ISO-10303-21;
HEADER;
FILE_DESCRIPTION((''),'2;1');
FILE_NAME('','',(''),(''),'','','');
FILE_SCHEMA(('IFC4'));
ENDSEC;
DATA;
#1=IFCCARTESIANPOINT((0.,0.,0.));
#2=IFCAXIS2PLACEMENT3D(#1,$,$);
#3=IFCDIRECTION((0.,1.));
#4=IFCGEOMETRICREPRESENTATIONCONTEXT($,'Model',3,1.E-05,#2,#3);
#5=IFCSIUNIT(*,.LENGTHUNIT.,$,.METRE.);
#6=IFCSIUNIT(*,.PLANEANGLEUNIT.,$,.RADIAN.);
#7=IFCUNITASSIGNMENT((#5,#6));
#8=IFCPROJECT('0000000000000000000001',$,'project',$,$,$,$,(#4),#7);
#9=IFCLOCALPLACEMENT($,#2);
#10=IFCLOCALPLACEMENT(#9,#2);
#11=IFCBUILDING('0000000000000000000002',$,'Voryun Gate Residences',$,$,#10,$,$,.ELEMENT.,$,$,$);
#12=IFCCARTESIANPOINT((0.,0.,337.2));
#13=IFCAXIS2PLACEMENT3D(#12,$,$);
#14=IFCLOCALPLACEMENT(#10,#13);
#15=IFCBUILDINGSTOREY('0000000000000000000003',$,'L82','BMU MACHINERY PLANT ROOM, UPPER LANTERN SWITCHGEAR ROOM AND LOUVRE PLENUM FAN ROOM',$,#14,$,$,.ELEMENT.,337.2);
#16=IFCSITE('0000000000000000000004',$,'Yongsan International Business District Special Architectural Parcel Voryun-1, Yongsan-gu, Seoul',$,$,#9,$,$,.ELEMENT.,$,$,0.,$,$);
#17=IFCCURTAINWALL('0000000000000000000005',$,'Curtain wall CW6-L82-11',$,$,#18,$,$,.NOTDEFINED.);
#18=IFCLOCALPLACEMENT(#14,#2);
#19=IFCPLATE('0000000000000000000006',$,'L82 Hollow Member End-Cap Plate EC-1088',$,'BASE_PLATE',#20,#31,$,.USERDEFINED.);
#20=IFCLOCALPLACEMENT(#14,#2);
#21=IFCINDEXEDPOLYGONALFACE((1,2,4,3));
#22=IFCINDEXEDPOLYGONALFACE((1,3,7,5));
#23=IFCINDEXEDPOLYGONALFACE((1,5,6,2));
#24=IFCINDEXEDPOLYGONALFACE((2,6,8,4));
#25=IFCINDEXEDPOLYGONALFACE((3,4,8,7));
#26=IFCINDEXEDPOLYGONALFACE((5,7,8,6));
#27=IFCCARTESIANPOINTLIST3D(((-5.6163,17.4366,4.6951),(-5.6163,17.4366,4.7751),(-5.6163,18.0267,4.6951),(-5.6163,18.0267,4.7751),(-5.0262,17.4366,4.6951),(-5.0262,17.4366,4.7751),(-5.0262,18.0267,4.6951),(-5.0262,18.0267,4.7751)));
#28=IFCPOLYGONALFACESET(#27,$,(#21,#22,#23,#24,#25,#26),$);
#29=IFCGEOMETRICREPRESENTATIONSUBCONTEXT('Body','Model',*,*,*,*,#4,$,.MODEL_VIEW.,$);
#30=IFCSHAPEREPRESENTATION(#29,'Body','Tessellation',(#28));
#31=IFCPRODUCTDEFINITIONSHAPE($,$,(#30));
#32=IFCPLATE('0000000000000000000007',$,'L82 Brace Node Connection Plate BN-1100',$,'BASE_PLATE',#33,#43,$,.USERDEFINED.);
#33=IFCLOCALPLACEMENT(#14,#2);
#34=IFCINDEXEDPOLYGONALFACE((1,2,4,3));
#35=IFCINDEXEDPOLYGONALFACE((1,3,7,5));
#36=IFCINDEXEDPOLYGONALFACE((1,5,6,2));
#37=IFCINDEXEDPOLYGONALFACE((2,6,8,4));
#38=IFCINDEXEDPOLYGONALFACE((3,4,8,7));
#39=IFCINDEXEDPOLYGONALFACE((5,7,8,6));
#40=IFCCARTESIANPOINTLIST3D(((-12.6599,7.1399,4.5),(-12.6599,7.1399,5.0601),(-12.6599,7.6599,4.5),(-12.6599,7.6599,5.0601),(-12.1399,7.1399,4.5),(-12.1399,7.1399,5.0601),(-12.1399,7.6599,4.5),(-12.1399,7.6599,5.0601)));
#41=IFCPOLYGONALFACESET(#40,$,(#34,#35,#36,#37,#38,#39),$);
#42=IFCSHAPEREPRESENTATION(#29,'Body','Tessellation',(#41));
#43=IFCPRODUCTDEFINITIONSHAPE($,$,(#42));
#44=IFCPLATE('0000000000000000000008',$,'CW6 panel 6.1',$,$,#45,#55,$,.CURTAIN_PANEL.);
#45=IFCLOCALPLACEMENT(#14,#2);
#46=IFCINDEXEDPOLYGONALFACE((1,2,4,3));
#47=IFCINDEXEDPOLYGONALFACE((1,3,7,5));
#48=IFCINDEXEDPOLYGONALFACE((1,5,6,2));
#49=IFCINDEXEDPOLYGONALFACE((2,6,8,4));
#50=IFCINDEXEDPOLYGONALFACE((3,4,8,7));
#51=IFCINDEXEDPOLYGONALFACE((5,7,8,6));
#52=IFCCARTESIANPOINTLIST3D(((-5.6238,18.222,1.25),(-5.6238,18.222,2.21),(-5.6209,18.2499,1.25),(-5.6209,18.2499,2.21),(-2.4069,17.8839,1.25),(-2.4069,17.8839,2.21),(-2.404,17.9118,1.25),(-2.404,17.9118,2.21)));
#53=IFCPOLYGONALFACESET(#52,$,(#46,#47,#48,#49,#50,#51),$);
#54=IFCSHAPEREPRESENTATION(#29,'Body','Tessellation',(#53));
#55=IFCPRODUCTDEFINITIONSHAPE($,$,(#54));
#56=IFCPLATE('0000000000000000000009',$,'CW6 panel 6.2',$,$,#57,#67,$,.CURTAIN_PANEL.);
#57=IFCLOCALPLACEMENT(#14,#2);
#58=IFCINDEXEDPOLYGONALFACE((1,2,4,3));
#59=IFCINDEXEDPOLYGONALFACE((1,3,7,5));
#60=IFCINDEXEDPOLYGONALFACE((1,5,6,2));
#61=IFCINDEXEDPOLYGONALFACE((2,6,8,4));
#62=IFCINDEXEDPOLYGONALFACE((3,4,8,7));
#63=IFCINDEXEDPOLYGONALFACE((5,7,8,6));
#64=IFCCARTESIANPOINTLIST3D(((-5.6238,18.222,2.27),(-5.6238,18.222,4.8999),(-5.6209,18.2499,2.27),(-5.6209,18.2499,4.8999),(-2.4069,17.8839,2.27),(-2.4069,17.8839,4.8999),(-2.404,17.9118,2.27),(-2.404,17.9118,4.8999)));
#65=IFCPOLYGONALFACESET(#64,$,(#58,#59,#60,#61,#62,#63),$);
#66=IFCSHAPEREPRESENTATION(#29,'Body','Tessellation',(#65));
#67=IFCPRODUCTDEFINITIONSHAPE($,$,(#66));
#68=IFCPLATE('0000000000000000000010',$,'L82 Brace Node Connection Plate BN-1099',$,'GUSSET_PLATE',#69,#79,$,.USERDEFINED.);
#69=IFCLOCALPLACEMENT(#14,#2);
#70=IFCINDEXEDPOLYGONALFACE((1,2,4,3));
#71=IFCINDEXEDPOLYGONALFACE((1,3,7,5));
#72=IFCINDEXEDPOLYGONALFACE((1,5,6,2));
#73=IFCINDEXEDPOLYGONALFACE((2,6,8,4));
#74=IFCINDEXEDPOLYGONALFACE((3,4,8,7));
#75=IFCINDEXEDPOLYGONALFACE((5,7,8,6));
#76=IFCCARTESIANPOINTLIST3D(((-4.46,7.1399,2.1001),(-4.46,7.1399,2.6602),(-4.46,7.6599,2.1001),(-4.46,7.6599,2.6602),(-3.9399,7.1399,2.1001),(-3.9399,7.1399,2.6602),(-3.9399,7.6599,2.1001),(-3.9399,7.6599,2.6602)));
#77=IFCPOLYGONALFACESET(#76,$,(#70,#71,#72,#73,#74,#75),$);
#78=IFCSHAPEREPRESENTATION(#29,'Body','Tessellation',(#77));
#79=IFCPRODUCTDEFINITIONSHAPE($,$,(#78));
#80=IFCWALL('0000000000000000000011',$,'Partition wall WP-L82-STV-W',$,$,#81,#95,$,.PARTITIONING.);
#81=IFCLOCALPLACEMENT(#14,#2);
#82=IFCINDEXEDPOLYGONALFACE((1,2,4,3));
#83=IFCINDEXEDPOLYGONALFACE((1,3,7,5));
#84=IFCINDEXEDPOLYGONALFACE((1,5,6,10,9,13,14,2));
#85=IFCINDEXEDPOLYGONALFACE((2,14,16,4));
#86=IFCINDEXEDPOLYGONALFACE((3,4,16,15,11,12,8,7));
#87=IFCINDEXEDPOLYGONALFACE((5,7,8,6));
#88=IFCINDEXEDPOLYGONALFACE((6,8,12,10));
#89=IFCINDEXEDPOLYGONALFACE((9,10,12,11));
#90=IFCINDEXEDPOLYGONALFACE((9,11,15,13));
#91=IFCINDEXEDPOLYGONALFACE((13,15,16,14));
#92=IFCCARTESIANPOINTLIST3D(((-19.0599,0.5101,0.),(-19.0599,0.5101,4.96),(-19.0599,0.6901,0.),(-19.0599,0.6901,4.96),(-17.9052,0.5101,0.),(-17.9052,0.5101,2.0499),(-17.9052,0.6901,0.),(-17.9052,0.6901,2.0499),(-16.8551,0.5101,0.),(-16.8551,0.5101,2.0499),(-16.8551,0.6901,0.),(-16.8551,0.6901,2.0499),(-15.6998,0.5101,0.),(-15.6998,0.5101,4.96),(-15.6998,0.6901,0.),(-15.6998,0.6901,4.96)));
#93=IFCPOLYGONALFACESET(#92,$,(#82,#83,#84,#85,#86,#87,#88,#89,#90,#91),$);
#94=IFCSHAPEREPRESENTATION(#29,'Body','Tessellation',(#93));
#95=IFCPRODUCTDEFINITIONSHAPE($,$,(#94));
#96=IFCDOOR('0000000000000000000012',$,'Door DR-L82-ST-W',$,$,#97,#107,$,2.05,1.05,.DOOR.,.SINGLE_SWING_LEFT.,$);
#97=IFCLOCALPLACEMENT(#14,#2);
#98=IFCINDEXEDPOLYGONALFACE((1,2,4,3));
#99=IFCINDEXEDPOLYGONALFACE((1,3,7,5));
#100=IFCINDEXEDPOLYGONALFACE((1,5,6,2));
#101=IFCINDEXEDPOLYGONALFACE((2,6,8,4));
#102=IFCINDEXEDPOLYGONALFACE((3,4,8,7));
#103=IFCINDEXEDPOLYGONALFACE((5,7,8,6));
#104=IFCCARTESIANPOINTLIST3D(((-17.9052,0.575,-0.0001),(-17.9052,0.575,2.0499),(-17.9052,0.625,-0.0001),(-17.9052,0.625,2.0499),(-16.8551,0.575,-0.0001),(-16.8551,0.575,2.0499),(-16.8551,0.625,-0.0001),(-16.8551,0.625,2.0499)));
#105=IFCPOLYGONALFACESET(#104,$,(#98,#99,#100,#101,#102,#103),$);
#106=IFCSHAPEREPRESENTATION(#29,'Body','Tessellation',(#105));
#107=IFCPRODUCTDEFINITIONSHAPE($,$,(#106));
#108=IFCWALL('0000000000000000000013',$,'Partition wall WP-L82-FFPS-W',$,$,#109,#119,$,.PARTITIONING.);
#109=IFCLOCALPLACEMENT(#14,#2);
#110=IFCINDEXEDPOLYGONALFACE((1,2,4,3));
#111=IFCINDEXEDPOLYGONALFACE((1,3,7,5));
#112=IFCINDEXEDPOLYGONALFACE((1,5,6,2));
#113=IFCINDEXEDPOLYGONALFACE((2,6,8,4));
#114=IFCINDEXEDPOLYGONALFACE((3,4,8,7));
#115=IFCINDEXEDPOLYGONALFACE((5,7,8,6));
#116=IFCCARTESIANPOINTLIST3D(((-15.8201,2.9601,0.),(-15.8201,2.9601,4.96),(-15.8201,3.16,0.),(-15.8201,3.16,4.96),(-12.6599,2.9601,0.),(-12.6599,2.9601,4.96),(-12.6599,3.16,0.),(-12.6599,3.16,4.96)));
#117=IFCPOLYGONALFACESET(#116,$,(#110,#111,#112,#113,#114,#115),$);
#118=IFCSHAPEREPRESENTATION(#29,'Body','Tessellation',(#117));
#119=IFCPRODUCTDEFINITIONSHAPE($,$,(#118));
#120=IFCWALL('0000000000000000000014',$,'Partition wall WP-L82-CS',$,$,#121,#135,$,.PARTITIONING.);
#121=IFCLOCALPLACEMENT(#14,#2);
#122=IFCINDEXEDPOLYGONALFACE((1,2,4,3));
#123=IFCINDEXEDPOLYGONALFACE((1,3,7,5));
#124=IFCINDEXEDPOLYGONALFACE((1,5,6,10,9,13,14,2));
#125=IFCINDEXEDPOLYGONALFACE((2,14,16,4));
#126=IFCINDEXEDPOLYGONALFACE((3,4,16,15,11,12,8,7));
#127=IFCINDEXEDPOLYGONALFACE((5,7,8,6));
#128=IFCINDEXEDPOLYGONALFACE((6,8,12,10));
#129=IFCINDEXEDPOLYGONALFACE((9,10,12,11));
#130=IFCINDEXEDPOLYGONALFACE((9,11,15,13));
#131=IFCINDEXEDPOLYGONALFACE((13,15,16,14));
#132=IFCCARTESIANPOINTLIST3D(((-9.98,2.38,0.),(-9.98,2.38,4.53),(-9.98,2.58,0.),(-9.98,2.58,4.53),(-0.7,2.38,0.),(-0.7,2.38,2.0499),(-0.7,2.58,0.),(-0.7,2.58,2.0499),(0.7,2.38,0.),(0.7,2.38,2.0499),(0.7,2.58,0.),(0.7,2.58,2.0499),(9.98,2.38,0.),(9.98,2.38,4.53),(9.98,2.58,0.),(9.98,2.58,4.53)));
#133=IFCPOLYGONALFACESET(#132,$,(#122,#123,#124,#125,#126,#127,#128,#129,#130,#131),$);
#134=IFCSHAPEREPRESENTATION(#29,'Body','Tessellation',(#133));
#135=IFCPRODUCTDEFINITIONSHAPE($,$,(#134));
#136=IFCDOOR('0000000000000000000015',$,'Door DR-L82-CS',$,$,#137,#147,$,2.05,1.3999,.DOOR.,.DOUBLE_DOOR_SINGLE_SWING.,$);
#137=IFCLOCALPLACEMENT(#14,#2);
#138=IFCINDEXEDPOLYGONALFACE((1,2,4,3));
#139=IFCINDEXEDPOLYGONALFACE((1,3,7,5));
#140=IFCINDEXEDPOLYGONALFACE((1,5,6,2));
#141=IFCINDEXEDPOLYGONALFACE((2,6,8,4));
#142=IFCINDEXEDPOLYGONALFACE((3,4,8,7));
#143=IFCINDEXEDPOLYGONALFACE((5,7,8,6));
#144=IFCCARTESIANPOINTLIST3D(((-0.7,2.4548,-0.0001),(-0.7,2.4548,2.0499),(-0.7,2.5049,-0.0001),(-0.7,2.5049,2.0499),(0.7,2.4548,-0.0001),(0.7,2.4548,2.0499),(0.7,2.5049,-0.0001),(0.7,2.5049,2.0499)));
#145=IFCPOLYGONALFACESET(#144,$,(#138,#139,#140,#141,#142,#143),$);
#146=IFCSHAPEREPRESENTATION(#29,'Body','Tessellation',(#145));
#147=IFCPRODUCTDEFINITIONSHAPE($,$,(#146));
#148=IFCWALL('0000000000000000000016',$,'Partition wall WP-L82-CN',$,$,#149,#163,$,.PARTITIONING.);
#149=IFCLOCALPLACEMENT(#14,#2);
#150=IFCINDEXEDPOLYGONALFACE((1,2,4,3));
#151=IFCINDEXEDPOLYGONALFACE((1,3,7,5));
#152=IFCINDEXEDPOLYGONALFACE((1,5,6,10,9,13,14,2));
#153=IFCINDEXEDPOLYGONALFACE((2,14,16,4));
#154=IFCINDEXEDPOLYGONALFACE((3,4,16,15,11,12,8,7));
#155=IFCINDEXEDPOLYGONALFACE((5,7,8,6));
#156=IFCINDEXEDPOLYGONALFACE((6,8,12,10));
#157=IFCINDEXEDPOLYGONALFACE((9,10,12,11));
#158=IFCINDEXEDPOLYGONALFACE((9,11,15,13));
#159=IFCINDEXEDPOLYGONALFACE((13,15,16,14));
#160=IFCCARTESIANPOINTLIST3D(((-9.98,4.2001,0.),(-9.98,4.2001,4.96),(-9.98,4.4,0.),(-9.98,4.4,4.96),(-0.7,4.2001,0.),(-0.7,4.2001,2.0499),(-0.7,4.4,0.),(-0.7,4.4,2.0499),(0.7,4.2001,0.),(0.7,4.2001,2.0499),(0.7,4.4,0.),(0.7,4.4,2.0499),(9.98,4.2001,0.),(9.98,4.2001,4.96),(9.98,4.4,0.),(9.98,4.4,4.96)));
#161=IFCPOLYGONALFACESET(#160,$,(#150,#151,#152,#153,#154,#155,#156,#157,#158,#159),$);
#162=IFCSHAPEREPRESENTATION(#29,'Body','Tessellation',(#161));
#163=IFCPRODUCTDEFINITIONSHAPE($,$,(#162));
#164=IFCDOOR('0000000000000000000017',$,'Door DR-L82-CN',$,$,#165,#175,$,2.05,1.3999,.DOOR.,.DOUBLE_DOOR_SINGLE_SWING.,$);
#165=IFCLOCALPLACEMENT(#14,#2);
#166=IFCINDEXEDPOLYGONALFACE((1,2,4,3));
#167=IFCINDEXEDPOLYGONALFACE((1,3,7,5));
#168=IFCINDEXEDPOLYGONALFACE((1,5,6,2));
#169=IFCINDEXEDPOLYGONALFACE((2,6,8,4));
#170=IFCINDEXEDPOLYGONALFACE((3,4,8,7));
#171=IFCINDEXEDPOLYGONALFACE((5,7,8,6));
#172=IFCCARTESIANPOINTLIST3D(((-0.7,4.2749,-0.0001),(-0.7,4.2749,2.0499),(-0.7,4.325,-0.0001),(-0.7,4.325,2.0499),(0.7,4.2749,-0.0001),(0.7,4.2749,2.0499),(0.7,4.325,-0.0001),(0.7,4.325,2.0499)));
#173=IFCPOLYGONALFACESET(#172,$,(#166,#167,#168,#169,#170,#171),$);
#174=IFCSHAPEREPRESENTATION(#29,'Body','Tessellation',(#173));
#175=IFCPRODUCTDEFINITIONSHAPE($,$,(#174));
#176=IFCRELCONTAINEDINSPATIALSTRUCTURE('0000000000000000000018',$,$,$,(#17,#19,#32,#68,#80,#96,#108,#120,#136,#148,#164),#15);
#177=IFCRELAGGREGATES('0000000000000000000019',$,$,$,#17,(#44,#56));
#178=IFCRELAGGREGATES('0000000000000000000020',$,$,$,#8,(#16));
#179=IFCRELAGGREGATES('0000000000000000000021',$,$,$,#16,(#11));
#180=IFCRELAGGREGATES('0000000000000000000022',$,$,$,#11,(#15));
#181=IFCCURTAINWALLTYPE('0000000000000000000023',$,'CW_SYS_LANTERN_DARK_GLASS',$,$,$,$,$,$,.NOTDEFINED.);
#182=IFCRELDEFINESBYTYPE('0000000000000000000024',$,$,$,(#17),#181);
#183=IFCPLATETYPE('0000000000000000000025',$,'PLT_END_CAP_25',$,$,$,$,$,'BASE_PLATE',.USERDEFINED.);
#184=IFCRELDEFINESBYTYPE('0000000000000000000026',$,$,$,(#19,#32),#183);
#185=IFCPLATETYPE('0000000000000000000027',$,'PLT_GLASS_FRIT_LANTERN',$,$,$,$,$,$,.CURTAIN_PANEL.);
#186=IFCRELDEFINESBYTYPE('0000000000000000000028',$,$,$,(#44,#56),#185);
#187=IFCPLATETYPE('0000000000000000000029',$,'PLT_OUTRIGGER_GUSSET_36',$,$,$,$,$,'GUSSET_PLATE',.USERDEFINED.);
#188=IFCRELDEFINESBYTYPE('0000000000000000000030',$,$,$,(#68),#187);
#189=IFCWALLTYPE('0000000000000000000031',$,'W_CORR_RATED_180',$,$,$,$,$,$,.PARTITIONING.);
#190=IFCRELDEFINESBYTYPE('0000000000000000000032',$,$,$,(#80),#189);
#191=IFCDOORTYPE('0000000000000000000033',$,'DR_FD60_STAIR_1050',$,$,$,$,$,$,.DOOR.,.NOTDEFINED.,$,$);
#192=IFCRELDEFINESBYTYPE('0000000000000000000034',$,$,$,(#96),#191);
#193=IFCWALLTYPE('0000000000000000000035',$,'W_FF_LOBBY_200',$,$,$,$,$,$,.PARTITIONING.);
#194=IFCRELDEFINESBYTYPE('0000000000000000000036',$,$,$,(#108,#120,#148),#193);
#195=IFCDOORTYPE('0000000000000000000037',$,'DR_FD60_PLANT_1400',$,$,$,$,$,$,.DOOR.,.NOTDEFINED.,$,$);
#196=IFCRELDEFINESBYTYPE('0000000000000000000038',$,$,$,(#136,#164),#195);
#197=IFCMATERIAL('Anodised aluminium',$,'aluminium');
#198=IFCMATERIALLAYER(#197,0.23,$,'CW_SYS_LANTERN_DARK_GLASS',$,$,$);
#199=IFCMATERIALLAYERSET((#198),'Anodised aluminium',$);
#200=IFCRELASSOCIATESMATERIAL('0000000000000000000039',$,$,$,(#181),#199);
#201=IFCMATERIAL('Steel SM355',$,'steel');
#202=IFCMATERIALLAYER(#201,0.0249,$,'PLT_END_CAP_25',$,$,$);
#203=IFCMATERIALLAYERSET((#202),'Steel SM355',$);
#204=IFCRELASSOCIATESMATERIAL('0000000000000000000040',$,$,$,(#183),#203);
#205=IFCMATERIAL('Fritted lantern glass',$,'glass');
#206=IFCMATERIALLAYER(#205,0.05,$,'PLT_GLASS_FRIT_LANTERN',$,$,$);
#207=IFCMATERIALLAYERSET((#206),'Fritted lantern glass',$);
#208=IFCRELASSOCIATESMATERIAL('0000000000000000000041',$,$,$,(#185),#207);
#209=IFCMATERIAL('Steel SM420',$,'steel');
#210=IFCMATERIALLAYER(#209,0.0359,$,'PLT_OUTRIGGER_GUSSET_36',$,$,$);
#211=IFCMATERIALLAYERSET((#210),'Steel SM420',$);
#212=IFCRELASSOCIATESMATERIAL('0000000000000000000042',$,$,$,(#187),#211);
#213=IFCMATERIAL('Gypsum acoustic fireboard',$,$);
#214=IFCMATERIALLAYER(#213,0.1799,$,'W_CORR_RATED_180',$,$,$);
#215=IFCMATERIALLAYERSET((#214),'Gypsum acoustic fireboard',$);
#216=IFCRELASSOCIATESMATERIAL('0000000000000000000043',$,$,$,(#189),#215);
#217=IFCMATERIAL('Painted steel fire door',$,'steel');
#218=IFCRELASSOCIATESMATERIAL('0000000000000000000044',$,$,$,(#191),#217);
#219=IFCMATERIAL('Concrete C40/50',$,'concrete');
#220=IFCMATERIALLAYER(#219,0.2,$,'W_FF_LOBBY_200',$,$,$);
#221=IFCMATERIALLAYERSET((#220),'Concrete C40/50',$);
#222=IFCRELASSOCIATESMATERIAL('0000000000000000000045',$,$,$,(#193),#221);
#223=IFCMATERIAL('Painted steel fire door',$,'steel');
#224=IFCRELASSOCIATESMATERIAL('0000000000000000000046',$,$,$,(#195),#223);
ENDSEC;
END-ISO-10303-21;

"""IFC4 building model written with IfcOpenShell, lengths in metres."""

from ifc_helpers import new_model, si_unit, direction, frame, frame_2d, origin, origin_2d, place, context, subcontext, project, spatial, rectangle, extrude, material, layer, layer_set, type_object, element, fill, aggregate, save


model = new_model("IFC4")

# Units and contexts
model_context = context("Model", 3, precision=1e-05, world=origin(), true_north=direction((0.0, 1.0)))
body_context = subcontext(model_context, "Body", "Model", "MODEL_VIEW")
ifc_project = project(units=[si_unit("LENGTHUNIT", "METRE"), si_unit("PLANEANGLEUNIT", "RADIAN")], contexts=[model_context])

# Site, building, storey
site_placement = place(None, origin())
site = spatial("IfcSite", under=ifc_project, at=site_placement, Name="Yongsan International Business District Special Architectural Parcel Voryun-1, Yongsan-gu, Seoul", CompositionType="ELEMENT", RefElevation=0.0)
building_placement = place(site_placement, origin())
building = spatial("IfcBuilding", under=site, at=building_placement, Name="Voryun Gate Residences", CompositionType="ELEMENT")
storey_placement = place(building_placement, frame((0.0, 0.0, 337.2)))
storey = spatial("IfcBuildingStorey", under=building, at=storey_placement, Name="L82", Description="BMU MACHINERY PLANT ROOM, UPPER LANTERN SWITCHGEAR ROOM AND LOUVRE PLENUM FAN ROOM", CompositionType="ELEMENT", Elevation=337.2)

# Curtain wall
ifc_material_1 = material(Name="Anodised aluminium", Category="aluminium")
ifc_layer_1 = layer(ifc_material_1, 0.23, Name="CW_SYS_LANTERN_DARK_GLASS")
ifc_layer_set_1 = layer_set([ifc_layer_1], Name="Anodised aluminium")
curtain_wall_type = type_object("IfcCurtainWallType", Name="CW_SYS_LANTERN_DARK_GLASS", PredefinedType="NOTDEFINED", material=ifc_layer_set_1)
curtain_wall_placement = place(storey_placement, origin())
curtain_wall = element("IfcCurtainWall", 1, at=curtain_wall_placement, inside=storey, type_object=curtain_wall_type, Name="Curtain wall CW6-L82-11", PredefinedType="NOTDEFINED")

# Plates
ifc_material_2 = material(Name="Steel SM355", Category="steel")
ifc_layer_2 = layer(ifc_material_2, 0.0249, Name="PLT_END_CAP_25")
ifc_layer_set_2 = layer_set([ifc_layer_2], Name="Steel SM355")
plate_type_1 = type_object("IfcPlateType", Name="PLT_END_CAP_25", ElementType="BASE_PLATE", PredefinedType="USERDEFINED", material=ifc_layer_set_2)
plate_1_placement = place(storey_placement, frame((-5.3213, 17.7317, 4.6951), z_axis=(0.0, 0.0, 1.0), x_axis=(1.0, 0.0, 0.0)))
element("IfcPlate", 2, at=plate_1_placement, inside=storey, type_object=plate_type_1, Name="L82 Hollow Member End-Cap Plate EC-1088", ObjectType="BASE_PLATE", PredefinedType="USERDEFINED", context=body_context, shape_type="SweptSolid", body=[
    extrude(rectangle(XDim=0.5901, YDim=0.5901, at=origin_2d()), origin(), (0.0, 0.0, 1.0), 0.0801),
])
plate_2_placement = place(storey_placement, frame((-12.3999, 7.3999, 4.5), z_axis=(0.0, 0.0, 1.0), x_axis=(1.0, 0.0, 0.0)))
element("IfcPlate", 3, at=plate_2_placement, inside=storey, type_object=plate_type_1, Name="L82 Brace Node Connection Plate BN-1100", ObjectType="BASE_PLATE", PredefinedType="USERDEFINED", context=body_context, shape_type="SweptSolid", body=[
    extrude(rectangle(XDim=0.52, YDim=0.52, at=origin_2d()), origin(), (0.0, 0.0, 1.0), 0.5601),
])

# Plates
ifc_material_3 = material(Name="Fritted lantern glass", Category="glass")
ifc_layer_3 = layer(ifc_material_3, 0.05, Name="PLT_GLASS_FRIT_LANTERN")
ifc_layer_set_3 = layer_set([ifc_layer_3], Name="Fritted lantern glass")
plate_type_2 = type_object("IfcPlateType", Name="PLT_GLASS_FRIT_LANTERN", PredefinedType="CURTAIN_PANEL", material=ifc_layer_set_3)
plate_3_placement = place(storey_placement, frame((-4.0139, 18.0669, 1.25), z_axis=(0.0, 0.0, 1.0), x_axis=(0.994522, -0.104528, 0.0)))
plate_3 = element("IfcPlate", 4, at=plate_3_placement, type_object=plate_type_2, Name="CW6 panel 6.1", PredefinedType="CURTAIN_PANEL", context=body_context, shape_type="SweptSolid", body=[
    extrude(rectangle(XDim=3.2346, YDim=0.0281, at=origin_2d()), origin(), (0.0, 0.0, 1.0), 0.96),
])
plate_4_placement = place(storey_placement, frame((-4.0139, 18.0669, 2.27), z_axis=(0.0, 0.0, 1.0), x_axis=(0.994522, -0.104528, 0.0)))
plate_4 = element("IfcPlate", 5, at=plate_4_placement, type_object=plate_type_2, Name="CW6 panel 6.2", PredefinedType="CURTAIN_PANEL", context=body_context, shape_type="SweptSolid", body=[
    extrude(rectangle(XDim=3.2346, YDim=0.0281, at=origin_2d()), origin(), (0.0, 0.0, 1.0), 2.6299),
])
aggregate(curtain_wall, [plate_3, plate_4])
ifc_material_4 = material(Name="Steel SM420", Category="steel")
ifc_layer_4 = layer(ifc_material_4, 0.0359, Name="PLT_OUTRIGGER_GUSSET_36")
ifc_layer_set_4 = layer_set([ifc_layer_4], Name="Steel SM420")
plate_type_3 = type_object("IfcPlateType", Name="PLT_OUTRIGGER_GUSSET_36", ElementType="GUSSET_PLATE", PredefinedType="USERDEFINED", material=ifc_layer_set_4)
plate_5_placement = place(storey_placement, frame((-4.2, 7.3999, 2.1001), z_axis=(0.0, 0.0, 1.0), x_axis=(1.0, 0.0, 0.0)))
element("IfcPlate", 6, at=plate_5_placement, inside=storey, type_object=plate_type_3, Name="L82 Brace Node Connection Plate BN-1099", ObjectType="GUSSET_PLATE", PredefinedType="USERDEFINED", context=body_context, shape_type="SweptSolid", body=[
    extrude(rectangle(XDim=0.52, YDim=0.52, at=origin_2d()), origin(), (0.0, 0.0, 1.0), 0.5601),
])

# Wall, opening, door
ifc_material_5 = material(Name="Gypsum acoustic fireboard")
ifc_layer_5 = layer(ifc_material_5, 0.1799, Name="W_CORR_RATED_180")
ifc_layer_set_5 = layer_set([ifc_layer_5], Name="Gypsum acoustic fireboard")
wall_type_1 = type_object("IfcWallType", Name="W_CORR_RATED_180", PredefinedType="PARTITIONING", material=ifc_layer_set_5)
wall_1_placement = place(storey_placement, frame((-19.0601, 0.6001, 0.0), z_axis=(0.0, 0.0, 1.0), x_axis=(1.0, 0.0, 0.0)))
wall_1 = element("IfcWall", 7, at=wall_1_placement, inside=storey, type_object=wall_type_1, Name="Partition wall WP-L82-STV-W", PredefinedType="PARTITIONING", context=body_context, shape_type="SweptSolid", body=[
    extrude(rectangle(XDim=3.3601, YDim=0.1799, at=frame_2d((1.6802, 0.0))), origin(), (0.0, 0.0, 1.0), 4.96),
])
opening_1_placement = place(wall_1_placement, frame((1.155, 0.0, 0.0)))
opening_1 = element("IfcOpeningElement", 8, at=opening_1_placement, cuts=wall_1, PredefinedType="OPENING", context=body_context, shape_type="SweptSolid", body=[
    extrude(rectangle(XDim=1.05, YDim=2.05, at=frame_2d((0.5249, 1.0249))), frame((0.0, 0.0999, 0.0), z_axis=(0.0, -1.0, 0.0), x_axis=(1.0, 0.0, 0.0)), (0.0, 0.0, 1.0), 0.2),
])
ifc_material_6 = material(Name="Painted steel fire door", Category="steel")
door_type_1 = type_object("IfcDoorType", Name="DR_FD60_STAIR_1050", OperationType="NOTDEFINED", PredefinedType="DOOR", material=ifc_material_6)
door_1_placement = place(opening_1_placement, origin())
door_1 = element("IfcDoor", 9, at=door_1_placement, inside=storey, type_object=door_type_1, Name="Door DR-L82-ST-W", OperationType="SINGLE_SWING_LEFT", OverallHeight=2.05, OverallWidth=1.05, PredefinedType="DOOR", context=body_context, shape_type="SweptSolid", body=[
    extrude(rectangle(XDim=1.05, YDim=2.05, at=frame_2d((0.5249, 1.0249))), frame((0.0, 0.0249, 0.0), z_axis=(0.0, -1.0, 0.0), x_axis=(1.0, 0.0, 0.0)), (0.0, 0.0, 1.0), 0.05),
])
fill(opening_1, door_1)

# Wall
ifc_material_7 = material(Name="Concrete C40/50", Category="concrete")
ifc_layer_6 = layer(ifc_material_7, 0.2, Name="W_FF_LOBBY_200")
ifc_layer_set_6 = layer_set([ifc_layer_6], Name="Concrete C40/50")
wall_type_2 = type_object("IfcWallType", Name="W_FF_LOBBY_200", PredefinedType="PARTITIONING", material=ifc_layer_set_6)
wall_2_placement = place(storey_placement, frame((-15.8201, 3.0601, 0.0), z_axis=(0.0, 0.0, 1.0), x_axis=(1.0, 0.0, 0.0)))
element("IfcWall", 10, at=wall_2_placement, inside=storey, type_object=wall_type_2, Name="Partition wall WP-L82-FFPS-W", PredefinedType="PARTITIONING", context=body_context, shape_type="SweptSolid", body=[
    extrude(rectangle(XDim=3.1602, YDim=0.2, at=frame_2d((1.5801, 0.0))), origin(), (0.0, 0.0, 1.0), 4.96),
])

# Walls, openings, doors
wall_3_placement = place(storey_placement, frame((-9.98, 2.48, 0.0), z_axis=(0.0, 0.0, 1.0), x_axis=(1.0, 0.0, 0.0)))
wall_3 = element("IfcWall", 11, at=wall_3_placement, inside=storey, type_object=wall_type_2, Name="Partition wall WP-L82-CS", PredefinedType="PARTITIONING", context=body_context, shape_type="SweptSolid", body=[
    extrude(rectangle(XDim=19.96, YDim=0.2, at=frame_2d((9.98, 0.0))), origin(), (0.0, 0.0, 1.0), 4.53),
])
opening_2_placement = place(wall_3_placement, frame((9.28, 0.0, 0.0)))
opening_2 = element("IfcOpeningElement", 12, at=opening_2_placement, cuts=wall_3, PredefinedType="OPENING", context=body_context, shape_type="SweptSolid", body=[
    extrude(rectangle(XDim=1.3999, YDim=2.05, at=frame_2d((0.7, 1.0249))), frame((0.0, 0.1101, 0.0), z_axis=(0.0, -1.0, 0.0), x_axis=(1.0, 0.0, 0.0)), (0.0, 0.0, 1.0), 0.22),
])
ifc_material_8 = material(Name="Painted steel fire door", Category="steel")
door_type_2 = type_object("IfcDoorType", Name="DR_FD60_PLANT_1400", OperationType="NOTDEFINED", PredefinedType="DOOR", material=ifc_material_8)
door_2_placement = place(opening_2_placement, origin())
door_2 = element("IfcDoor", 13, at=door_2_placement, inside=storey, type_object=door_type_2, Name="Door DR-L82-CS", OperationType="DOUBLE_DOOR_SINGLE_SWING", OverallHeight=2.05, OverallWidth=1.3999, PredefinedType="DOOR", context=body_context, shape_type="SweptSolid", body=[
    extrude(rectangle(XDim=1.3999, YDim=2.05, at=frame_2d((0.7, 1.0249))), frame((0.0, 0.0249, 0.0), z_axis=(0.0, -1.0, 0.0), x_axis=(1.0, 0.0, 0.0)), (0.0, 0.0, 1.0), 0.05),
])
fill(opening_2, door_2)
wall_4_placement = place(storey_placement, frame((-9.98, 4.3, 0.0), z_axis=(0.0, 0.0, 1.0), x_axis=(1.0, 0.0, 0.0)))
wall_4 = element("IfcWall", 14, at=wall_4_placement, inside=storey, type_object=wall_type_2, Name="Partition wall WP-L82-CN", PredefinedType="PARTITIONING", context=body_context, shape_type="SweptSolid", body=[
    extrude(rectangle(XDim=19.96, YDim=0.2, at=frame_2d((9.98, 0.0))), origin(), (0.0, 0.0, 1.0), 4.96),
])
opening_3_placement = place(wall_4_placement, frame((9.28, 0.0, 0.0)))
opening_3 = element("IfcOpeningElement", 15, at=opening_3_placement, cuts=wall_4, PredefinedType="OPENING", context=body_context, shape_type="SweptSolid", body=[
    extrude(rectangle(XDim=1.3999, YDim=2.05, at=frame_2d((0.7, 1.0249))), frame((0.0, 0.1101, 0.0), z_axis=(0.0, -1.0, 0.0), x_axis=(1.0, 0.0, 0.0)), (0.0, 0.0, 1.0), 0.22),
])
door_3_placement = place(opening_3_placement, origin())
door_3 = element("IfcDoor", 16, at=door_3_placement, inside=storey, type_object=door_type_2, Name="Door DR-L82-CN", OperationType="DOUBLE_DOOR_SINGLE_SWING", OverallHeight=2.05, OverallWidth=1.3999, PredefinedType="DOOR", context=body_context, shape_type="SweptSolid", body=[
    extrude(rectangle(XDim=1.3999, YDim=2.05, at=frame_2d((0.7, 1.0249))), frame((0.0, 0.0249, 0.0), z_axis=(0.0, -1.0, 0.0), x_axis=(1.0, 0.0, 0.0)), (0.0, 0.0, 1.0), 0.05),
])
fill(opening_3, door_3)

save(model, "model.ifc")
